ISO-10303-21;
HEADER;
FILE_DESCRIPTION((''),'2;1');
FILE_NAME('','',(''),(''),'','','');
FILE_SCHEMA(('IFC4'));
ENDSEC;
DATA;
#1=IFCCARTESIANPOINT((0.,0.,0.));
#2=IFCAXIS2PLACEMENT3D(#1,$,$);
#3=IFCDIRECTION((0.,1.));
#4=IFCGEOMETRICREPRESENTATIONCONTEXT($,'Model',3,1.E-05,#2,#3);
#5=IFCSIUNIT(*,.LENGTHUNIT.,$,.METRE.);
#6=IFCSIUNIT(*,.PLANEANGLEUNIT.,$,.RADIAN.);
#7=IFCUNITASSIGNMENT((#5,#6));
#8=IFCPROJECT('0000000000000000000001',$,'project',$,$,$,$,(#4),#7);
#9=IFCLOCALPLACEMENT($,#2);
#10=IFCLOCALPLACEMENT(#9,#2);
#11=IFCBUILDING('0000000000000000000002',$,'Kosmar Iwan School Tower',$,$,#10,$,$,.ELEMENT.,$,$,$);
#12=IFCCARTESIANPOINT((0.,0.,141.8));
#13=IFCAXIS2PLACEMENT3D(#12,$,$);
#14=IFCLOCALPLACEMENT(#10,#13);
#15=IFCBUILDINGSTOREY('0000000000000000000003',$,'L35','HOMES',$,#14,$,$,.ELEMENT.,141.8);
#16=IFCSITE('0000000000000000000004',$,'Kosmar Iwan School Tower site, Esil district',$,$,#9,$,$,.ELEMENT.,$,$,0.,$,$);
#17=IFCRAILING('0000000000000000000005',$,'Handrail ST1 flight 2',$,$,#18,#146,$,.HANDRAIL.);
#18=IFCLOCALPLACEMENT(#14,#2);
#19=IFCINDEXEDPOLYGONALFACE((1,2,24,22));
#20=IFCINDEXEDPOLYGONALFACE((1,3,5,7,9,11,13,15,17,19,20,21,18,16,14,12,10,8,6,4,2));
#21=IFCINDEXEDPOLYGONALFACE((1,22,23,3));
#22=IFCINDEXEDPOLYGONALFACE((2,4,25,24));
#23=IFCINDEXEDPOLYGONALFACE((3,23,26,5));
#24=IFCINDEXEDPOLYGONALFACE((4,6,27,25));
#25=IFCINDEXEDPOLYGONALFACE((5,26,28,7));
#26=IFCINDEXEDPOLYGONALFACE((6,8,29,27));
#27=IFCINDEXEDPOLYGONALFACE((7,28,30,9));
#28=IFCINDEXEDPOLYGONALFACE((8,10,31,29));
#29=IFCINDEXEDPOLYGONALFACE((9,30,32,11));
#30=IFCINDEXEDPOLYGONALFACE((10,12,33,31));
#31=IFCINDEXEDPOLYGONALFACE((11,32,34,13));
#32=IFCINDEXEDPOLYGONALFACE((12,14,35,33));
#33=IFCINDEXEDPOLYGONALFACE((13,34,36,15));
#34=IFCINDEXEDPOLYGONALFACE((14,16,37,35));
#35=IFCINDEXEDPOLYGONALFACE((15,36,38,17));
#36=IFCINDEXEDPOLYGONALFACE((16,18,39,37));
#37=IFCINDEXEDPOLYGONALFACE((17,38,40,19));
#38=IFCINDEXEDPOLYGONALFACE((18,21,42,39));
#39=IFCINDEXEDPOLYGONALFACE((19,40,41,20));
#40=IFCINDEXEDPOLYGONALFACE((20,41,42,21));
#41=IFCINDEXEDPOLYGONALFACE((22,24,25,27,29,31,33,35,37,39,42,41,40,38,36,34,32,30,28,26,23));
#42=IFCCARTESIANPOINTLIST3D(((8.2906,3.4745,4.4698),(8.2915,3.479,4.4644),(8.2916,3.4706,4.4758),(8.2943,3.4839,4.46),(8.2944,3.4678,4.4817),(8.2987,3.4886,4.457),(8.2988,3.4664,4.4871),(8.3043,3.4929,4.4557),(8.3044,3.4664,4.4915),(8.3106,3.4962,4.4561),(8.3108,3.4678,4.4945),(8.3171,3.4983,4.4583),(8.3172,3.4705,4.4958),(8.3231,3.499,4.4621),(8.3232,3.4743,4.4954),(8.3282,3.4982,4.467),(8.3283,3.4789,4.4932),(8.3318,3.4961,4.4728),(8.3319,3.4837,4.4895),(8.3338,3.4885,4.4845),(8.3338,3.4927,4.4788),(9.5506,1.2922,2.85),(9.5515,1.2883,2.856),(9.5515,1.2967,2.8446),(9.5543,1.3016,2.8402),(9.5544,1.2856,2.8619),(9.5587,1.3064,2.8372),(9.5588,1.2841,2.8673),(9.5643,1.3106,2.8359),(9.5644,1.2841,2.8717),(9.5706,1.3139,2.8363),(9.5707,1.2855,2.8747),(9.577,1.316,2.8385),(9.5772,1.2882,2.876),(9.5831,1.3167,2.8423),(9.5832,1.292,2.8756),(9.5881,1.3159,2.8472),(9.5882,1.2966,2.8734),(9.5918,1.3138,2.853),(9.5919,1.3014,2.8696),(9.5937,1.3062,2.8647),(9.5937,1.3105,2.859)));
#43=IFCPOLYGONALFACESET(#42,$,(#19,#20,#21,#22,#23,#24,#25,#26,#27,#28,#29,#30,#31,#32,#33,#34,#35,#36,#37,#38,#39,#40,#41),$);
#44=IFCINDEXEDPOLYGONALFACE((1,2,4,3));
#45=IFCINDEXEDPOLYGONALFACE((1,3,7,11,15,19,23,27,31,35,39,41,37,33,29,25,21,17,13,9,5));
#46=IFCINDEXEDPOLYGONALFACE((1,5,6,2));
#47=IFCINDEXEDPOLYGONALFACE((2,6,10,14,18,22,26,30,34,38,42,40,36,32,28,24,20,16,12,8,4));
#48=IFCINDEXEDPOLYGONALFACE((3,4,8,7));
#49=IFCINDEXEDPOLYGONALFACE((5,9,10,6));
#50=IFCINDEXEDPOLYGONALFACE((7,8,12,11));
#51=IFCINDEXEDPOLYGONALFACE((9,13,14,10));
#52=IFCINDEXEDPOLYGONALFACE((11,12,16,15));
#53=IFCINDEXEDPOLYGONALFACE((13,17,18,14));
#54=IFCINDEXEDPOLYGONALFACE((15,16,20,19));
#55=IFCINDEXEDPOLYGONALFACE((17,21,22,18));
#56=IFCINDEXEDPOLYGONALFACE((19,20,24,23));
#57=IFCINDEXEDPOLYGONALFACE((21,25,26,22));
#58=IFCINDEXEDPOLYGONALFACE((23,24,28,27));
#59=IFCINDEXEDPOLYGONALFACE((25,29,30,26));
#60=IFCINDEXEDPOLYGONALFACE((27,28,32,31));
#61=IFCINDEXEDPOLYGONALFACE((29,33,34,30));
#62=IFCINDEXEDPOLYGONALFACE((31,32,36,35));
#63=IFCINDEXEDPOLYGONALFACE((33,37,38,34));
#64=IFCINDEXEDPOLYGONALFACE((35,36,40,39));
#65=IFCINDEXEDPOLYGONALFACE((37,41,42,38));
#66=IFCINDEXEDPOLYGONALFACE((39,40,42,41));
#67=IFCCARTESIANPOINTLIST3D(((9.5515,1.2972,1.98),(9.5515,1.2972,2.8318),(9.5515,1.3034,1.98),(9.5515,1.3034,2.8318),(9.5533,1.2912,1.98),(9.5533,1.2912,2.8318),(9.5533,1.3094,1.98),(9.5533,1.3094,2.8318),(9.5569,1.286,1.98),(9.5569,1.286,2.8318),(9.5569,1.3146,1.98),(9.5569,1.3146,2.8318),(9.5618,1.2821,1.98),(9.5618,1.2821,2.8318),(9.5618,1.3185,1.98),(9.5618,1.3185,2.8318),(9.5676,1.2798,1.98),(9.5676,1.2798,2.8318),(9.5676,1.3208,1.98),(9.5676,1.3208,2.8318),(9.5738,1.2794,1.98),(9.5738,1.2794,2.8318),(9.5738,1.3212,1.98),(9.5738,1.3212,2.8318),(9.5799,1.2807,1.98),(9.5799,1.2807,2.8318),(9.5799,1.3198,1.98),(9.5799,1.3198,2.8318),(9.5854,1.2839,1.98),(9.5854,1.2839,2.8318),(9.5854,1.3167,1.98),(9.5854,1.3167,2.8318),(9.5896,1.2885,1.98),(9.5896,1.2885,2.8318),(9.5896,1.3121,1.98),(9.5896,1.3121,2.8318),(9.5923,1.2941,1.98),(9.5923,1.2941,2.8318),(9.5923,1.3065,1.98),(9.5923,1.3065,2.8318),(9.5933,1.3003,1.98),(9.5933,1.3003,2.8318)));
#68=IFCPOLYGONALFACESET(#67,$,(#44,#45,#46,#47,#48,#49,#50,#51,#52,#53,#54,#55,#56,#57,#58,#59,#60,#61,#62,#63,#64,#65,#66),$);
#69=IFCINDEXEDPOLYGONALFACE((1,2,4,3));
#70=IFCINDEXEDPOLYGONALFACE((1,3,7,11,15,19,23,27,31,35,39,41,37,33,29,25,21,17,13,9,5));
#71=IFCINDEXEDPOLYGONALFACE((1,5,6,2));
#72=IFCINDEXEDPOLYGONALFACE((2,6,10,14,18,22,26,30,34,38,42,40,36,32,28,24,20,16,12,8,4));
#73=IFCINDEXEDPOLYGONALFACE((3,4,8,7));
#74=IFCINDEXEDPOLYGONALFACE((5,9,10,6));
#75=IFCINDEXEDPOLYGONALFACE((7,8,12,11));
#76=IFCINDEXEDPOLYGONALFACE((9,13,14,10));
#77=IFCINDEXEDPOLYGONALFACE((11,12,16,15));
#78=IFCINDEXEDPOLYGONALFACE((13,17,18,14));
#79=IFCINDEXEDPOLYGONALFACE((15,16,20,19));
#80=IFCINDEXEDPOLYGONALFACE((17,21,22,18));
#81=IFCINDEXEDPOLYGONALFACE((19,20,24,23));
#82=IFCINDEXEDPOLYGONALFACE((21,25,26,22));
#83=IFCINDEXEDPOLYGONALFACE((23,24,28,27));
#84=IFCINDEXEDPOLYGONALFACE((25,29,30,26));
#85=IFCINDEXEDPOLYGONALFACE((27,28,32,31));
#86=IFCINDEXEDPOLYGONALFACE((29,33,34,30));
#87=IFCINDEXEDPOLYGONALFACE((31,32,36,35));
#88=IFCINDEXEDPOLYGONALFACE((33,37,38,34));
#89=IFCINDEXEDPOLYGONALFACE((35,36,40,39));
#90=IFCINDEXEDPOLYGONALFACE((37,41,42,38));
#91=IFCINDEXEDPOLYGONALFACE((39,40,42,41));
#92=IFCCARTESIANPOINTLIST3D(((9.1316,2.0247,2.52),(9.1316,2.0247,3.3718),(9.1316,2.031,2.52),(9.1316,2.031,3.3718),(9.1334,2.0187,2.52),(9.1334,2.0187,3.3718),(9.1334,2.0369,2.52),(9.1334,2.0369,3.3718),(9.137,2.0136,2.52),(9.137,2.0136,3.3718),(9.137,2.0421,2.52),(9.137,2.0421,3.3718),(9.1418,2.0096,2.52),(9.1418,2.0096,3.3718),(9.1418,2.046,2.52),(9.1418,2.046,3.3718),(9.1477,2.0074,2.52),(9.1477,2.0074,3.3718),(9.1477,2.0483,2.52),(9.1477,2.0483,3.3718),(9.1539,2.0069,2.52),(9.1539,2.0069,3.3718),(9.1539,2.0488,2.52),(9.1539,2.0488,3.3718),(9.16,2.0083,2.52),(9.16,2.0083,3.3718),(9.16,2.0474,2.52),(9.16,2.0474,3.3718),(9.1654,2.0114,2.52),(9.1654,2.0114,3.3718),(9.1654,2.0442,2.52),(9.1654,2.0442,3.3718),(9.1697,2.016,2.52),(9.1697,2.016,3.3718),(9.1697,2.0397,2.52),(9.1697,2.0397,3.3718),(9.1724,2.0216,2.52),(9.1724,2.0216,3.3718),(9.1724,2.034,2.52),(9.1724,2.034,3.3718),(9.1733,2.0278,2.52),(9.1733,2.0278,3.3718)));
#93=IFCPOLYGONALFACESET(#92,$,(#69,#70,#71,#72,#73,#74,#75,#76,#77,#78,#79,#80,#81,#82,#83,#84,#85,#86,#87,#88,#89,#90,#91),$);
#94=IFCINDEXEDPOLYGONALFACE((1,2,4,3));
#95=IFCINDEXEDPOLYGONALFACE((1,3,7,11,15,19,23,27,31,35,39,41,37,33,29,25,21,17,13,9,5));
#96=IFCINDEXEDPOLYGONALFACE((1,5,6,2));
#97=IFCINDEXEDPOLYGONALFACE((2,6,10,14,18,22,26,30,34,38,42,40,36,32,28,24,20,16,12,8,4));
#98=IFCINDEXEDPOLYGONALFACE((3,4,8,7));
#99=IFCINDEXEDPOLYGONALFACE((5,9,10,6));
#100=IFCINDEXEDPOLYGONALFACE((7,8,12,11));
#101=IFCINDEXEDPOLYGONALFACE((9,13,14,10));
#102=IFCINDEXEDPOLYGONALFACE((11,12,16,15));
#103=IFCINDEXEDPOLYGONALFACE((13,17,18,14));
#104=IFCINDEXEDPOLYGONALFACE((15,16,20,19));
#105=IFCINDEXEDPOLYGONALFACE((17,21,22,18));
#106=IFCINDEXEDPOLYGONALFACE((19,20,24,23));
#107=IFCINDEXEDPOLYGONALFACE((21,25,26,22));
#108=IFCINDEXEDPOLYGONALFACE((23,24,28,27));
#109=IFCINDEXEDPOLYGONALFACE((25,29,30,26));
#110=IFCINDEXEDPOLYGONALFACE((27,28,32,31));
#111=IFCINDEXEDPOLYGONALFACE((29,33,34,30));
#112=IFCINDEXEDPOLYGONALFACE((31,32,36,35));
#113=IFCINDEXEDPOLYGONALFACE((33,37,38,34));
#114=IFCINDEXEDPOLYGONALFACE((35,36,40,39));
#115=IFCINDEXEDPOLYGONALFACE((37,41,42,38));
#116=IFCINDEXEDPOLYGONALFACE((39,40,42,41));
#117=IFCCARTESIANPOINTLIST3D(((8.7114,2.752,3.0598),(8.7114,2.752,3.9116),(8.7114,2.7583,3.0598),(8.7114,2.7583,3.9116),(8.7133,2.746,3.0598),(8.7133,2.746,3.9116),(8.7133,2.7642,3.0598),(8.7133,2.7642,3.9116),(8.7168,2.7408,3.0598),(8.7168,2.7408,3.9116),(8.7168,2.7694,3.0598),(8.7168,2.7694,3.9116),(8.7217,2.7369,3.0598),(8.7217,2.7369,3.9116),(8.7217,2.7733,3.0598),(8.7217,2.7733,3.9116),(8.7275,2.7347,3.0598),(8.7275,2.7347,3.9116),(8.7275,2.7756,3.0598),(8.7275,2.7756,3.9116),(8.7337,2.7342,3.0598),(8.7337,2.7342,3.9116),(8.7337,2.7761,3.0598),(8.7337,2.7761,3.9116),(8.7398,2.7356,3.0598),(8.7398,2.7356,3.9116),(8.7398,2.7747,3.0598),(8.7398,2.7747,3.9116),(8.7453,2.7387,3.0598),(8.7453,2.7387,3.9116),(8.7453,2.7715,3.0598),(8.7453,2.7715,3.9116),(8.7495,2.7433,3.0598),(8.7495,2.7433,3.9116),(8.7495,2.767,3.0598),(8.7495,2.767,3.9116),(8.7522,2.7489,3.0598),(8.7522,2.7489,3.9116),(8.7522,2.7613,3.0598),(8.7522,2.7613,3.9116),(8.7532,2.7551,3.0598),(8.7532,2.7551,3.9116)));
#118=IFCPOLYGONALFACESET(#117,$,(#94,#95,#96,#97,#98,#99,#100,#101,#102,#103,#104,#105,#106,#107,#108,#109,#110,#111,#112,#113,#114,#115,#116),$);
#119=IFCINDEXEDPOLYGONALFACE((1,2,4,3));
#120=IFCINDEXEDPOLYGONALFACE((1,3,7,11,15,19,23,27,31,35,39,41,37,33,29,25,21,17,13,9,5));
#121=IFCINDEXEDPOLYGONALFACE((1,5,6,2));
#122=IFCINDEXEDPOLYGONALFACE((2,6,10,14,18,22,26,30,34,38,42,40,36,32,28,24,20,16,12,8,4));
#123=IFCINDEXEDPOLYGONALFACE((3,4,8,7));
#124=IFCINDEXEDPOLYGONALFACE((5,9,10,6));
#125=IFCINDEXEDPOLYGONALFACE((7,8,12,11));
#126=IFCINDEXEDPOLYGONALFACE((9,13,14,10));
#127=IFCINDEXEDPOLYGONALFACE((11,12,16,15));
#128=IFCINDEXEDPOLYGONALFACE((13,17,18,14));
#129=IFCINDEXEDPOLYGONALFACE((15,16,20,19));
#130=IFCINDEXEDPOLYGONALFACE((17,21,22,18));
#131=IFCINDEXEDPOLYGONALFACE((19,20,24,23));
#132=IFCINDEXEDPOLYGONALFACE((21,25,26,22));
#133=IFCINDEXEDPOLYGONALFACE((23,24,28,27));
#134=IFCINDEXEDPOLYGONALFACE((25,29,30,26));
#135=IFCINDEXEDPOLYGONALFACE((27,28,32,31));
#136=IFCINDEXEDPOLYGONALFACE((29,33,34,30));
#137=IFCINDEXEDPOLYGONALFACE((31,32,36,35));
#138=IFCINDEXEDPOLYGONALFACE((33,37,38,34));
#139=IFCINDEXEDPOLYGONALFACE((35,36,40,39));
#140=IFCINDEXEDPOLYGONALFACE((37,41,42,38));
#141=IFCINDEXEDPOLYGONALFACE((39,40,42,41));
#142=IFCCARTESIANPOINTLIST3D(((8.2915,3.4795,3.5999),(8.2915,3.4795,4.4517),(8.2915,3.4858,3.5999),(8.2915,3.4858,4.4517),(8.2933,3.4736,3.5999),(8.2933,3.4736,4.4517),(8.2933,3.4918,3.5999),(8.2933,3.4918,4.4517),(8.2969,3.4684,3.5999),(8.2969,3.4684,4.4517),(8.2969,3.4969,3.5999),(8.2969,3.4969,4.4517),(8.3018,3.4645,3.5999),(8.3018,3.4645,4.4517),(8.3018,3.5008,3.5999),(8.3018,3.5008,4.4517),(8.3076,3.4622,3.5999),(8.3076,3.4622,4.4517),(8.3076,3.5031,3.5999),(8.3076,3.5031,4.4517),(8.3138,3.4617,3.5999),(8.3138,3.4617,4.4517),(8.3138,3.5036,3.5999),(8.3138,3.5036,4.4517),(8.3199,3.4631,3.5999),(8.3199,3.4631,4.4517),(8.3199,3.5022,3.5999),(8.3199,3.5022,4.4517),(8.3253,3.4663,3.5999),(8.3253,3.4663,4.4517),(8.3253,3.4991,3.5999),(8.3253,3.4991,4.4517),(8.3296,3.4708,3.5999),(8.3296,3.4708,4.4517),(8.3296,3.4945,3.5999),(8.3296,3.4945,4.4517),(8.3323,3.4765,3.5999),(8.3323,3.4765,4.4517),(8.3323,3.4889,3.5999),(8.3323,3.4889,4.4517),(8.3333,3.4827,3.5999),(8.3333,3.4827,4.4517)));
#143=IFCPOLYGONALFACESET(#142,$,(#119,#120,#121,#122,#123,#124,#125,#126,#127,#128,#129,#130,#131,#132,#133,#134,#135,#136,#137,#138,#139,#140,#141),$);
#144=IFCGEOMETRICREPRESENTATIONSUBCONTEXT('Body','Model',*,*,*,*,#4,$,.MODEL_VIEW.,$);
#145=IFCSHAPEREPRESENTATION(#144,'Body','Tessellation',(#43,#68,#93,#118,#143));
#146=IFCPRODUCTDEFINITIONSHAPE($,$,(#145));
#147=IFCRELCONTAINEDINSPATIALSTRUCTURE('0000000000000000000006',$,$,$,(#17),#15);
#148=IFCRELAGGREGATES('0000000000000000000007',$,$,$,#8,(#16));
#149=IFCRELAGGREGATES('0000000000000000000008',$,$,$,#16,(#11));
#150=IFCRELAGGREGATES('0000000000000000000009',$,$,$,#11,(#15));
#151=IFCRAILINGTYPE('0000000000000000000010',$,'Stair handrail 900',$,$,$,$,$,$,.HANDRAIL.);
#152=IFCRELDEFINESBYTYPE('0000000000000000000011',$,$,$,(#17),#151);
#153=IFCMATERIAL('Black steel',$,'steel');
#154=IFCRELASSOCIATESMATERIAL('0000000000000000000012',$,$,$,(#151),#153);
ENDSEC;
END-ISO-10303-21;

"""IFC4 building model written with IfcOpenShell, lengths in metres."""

from ifc_helpers import new_model, si_unit, direction, frame, origin, origin_2d, place, context, subcontext, project, spatial, circle, extrude, material, type_object, element, save


model = new_model("IFC4")

# Units and contexts
model_context = context("Model", 3, precision=1e-05, world=origin(), true_north=direction((0.0, 1.0)))
body_context = subcontext(model_context, "Body", "Model", "MODEL_VIEW")
ifc_project = project(units=[si_unit("LENGTHUNIT", "METRE"), si_unit("PLANEANGLEUNIT", "RADIAN")], contexts=[model_context])

# Site, building, storey
site_placement = place(None, origin())
site = spatial("IfcSite", under=ifc_project, at=site_placement, Name="Kosmar Iwan School Tower site, Esil district", CompositionType="ELEMENT", RefElevation=0.0)
building_placement = place(site_placement, origin())
building = spatial("IfcBuilding", under=site, at=building_placement, Name="Kosmar Iwan School Tower", CompositionType="ELEMENT")
storey_placement = place(building_placement, frame((0.0, 0.0, 141.8)))
storey = spatial("IfcBuildingStorey", under=building, at=storey_placement, Name="L35", Description="HOMES", CompositionType="ELEMENT", Elevation=141.8)

# Railing
ifc_material_1 = material(Name="Black steel", Category="steel")
railing_type = type_object("IfcRailingType", Name="Stair handrail 900", PredefinedType="HANDRAIL", material=ifc_material_1)
railing_placement = place(storey_placement, frame((9.5723, 1.3003, 1.98)))
element("IfcRailing", 1, at=railing_placement, inside=storey, type_object=railing_type, Name="Handrail ST1 flight 2", PredefinedType="HANDRAIL", context=body_context, shape_type="SweptSolid", body=[
    extrude(circle(Radius=0.0239, at=origin_2d()), frame((0.0, 0.0, 0.876), z_axis=(-0.420603, 0.728496, 0.540728), x_axis=(-0.866023, -0.500005, 0.0)), (0.0, 0.0, 1.0), 2.9956),
    extrude(circle(Radius=0.021, at=origin_2d()), origin(), (0.0, 0.0, 1.0), 0.8518),
    extrude(circle(Radius=0.021, at=origin_2d()), frame((-0.4199, 0.7275, 0.54)), (0.0, 0.0, 1.0), 0.8518),
    extrude(circle(Radius=0.021, at=origin_2d()), frame((-0.8401, 1.4548, 1.0798)), (0.0, 0.0, 1.0), 0.8518),
    extrude(circle(Radius=0.021, at=origin_2d()), frame((-1.26, 2.1824, 1.6199)), (0.0, 0.0, 1.0), 0.8518),
])

save(model, "model.ifc")
